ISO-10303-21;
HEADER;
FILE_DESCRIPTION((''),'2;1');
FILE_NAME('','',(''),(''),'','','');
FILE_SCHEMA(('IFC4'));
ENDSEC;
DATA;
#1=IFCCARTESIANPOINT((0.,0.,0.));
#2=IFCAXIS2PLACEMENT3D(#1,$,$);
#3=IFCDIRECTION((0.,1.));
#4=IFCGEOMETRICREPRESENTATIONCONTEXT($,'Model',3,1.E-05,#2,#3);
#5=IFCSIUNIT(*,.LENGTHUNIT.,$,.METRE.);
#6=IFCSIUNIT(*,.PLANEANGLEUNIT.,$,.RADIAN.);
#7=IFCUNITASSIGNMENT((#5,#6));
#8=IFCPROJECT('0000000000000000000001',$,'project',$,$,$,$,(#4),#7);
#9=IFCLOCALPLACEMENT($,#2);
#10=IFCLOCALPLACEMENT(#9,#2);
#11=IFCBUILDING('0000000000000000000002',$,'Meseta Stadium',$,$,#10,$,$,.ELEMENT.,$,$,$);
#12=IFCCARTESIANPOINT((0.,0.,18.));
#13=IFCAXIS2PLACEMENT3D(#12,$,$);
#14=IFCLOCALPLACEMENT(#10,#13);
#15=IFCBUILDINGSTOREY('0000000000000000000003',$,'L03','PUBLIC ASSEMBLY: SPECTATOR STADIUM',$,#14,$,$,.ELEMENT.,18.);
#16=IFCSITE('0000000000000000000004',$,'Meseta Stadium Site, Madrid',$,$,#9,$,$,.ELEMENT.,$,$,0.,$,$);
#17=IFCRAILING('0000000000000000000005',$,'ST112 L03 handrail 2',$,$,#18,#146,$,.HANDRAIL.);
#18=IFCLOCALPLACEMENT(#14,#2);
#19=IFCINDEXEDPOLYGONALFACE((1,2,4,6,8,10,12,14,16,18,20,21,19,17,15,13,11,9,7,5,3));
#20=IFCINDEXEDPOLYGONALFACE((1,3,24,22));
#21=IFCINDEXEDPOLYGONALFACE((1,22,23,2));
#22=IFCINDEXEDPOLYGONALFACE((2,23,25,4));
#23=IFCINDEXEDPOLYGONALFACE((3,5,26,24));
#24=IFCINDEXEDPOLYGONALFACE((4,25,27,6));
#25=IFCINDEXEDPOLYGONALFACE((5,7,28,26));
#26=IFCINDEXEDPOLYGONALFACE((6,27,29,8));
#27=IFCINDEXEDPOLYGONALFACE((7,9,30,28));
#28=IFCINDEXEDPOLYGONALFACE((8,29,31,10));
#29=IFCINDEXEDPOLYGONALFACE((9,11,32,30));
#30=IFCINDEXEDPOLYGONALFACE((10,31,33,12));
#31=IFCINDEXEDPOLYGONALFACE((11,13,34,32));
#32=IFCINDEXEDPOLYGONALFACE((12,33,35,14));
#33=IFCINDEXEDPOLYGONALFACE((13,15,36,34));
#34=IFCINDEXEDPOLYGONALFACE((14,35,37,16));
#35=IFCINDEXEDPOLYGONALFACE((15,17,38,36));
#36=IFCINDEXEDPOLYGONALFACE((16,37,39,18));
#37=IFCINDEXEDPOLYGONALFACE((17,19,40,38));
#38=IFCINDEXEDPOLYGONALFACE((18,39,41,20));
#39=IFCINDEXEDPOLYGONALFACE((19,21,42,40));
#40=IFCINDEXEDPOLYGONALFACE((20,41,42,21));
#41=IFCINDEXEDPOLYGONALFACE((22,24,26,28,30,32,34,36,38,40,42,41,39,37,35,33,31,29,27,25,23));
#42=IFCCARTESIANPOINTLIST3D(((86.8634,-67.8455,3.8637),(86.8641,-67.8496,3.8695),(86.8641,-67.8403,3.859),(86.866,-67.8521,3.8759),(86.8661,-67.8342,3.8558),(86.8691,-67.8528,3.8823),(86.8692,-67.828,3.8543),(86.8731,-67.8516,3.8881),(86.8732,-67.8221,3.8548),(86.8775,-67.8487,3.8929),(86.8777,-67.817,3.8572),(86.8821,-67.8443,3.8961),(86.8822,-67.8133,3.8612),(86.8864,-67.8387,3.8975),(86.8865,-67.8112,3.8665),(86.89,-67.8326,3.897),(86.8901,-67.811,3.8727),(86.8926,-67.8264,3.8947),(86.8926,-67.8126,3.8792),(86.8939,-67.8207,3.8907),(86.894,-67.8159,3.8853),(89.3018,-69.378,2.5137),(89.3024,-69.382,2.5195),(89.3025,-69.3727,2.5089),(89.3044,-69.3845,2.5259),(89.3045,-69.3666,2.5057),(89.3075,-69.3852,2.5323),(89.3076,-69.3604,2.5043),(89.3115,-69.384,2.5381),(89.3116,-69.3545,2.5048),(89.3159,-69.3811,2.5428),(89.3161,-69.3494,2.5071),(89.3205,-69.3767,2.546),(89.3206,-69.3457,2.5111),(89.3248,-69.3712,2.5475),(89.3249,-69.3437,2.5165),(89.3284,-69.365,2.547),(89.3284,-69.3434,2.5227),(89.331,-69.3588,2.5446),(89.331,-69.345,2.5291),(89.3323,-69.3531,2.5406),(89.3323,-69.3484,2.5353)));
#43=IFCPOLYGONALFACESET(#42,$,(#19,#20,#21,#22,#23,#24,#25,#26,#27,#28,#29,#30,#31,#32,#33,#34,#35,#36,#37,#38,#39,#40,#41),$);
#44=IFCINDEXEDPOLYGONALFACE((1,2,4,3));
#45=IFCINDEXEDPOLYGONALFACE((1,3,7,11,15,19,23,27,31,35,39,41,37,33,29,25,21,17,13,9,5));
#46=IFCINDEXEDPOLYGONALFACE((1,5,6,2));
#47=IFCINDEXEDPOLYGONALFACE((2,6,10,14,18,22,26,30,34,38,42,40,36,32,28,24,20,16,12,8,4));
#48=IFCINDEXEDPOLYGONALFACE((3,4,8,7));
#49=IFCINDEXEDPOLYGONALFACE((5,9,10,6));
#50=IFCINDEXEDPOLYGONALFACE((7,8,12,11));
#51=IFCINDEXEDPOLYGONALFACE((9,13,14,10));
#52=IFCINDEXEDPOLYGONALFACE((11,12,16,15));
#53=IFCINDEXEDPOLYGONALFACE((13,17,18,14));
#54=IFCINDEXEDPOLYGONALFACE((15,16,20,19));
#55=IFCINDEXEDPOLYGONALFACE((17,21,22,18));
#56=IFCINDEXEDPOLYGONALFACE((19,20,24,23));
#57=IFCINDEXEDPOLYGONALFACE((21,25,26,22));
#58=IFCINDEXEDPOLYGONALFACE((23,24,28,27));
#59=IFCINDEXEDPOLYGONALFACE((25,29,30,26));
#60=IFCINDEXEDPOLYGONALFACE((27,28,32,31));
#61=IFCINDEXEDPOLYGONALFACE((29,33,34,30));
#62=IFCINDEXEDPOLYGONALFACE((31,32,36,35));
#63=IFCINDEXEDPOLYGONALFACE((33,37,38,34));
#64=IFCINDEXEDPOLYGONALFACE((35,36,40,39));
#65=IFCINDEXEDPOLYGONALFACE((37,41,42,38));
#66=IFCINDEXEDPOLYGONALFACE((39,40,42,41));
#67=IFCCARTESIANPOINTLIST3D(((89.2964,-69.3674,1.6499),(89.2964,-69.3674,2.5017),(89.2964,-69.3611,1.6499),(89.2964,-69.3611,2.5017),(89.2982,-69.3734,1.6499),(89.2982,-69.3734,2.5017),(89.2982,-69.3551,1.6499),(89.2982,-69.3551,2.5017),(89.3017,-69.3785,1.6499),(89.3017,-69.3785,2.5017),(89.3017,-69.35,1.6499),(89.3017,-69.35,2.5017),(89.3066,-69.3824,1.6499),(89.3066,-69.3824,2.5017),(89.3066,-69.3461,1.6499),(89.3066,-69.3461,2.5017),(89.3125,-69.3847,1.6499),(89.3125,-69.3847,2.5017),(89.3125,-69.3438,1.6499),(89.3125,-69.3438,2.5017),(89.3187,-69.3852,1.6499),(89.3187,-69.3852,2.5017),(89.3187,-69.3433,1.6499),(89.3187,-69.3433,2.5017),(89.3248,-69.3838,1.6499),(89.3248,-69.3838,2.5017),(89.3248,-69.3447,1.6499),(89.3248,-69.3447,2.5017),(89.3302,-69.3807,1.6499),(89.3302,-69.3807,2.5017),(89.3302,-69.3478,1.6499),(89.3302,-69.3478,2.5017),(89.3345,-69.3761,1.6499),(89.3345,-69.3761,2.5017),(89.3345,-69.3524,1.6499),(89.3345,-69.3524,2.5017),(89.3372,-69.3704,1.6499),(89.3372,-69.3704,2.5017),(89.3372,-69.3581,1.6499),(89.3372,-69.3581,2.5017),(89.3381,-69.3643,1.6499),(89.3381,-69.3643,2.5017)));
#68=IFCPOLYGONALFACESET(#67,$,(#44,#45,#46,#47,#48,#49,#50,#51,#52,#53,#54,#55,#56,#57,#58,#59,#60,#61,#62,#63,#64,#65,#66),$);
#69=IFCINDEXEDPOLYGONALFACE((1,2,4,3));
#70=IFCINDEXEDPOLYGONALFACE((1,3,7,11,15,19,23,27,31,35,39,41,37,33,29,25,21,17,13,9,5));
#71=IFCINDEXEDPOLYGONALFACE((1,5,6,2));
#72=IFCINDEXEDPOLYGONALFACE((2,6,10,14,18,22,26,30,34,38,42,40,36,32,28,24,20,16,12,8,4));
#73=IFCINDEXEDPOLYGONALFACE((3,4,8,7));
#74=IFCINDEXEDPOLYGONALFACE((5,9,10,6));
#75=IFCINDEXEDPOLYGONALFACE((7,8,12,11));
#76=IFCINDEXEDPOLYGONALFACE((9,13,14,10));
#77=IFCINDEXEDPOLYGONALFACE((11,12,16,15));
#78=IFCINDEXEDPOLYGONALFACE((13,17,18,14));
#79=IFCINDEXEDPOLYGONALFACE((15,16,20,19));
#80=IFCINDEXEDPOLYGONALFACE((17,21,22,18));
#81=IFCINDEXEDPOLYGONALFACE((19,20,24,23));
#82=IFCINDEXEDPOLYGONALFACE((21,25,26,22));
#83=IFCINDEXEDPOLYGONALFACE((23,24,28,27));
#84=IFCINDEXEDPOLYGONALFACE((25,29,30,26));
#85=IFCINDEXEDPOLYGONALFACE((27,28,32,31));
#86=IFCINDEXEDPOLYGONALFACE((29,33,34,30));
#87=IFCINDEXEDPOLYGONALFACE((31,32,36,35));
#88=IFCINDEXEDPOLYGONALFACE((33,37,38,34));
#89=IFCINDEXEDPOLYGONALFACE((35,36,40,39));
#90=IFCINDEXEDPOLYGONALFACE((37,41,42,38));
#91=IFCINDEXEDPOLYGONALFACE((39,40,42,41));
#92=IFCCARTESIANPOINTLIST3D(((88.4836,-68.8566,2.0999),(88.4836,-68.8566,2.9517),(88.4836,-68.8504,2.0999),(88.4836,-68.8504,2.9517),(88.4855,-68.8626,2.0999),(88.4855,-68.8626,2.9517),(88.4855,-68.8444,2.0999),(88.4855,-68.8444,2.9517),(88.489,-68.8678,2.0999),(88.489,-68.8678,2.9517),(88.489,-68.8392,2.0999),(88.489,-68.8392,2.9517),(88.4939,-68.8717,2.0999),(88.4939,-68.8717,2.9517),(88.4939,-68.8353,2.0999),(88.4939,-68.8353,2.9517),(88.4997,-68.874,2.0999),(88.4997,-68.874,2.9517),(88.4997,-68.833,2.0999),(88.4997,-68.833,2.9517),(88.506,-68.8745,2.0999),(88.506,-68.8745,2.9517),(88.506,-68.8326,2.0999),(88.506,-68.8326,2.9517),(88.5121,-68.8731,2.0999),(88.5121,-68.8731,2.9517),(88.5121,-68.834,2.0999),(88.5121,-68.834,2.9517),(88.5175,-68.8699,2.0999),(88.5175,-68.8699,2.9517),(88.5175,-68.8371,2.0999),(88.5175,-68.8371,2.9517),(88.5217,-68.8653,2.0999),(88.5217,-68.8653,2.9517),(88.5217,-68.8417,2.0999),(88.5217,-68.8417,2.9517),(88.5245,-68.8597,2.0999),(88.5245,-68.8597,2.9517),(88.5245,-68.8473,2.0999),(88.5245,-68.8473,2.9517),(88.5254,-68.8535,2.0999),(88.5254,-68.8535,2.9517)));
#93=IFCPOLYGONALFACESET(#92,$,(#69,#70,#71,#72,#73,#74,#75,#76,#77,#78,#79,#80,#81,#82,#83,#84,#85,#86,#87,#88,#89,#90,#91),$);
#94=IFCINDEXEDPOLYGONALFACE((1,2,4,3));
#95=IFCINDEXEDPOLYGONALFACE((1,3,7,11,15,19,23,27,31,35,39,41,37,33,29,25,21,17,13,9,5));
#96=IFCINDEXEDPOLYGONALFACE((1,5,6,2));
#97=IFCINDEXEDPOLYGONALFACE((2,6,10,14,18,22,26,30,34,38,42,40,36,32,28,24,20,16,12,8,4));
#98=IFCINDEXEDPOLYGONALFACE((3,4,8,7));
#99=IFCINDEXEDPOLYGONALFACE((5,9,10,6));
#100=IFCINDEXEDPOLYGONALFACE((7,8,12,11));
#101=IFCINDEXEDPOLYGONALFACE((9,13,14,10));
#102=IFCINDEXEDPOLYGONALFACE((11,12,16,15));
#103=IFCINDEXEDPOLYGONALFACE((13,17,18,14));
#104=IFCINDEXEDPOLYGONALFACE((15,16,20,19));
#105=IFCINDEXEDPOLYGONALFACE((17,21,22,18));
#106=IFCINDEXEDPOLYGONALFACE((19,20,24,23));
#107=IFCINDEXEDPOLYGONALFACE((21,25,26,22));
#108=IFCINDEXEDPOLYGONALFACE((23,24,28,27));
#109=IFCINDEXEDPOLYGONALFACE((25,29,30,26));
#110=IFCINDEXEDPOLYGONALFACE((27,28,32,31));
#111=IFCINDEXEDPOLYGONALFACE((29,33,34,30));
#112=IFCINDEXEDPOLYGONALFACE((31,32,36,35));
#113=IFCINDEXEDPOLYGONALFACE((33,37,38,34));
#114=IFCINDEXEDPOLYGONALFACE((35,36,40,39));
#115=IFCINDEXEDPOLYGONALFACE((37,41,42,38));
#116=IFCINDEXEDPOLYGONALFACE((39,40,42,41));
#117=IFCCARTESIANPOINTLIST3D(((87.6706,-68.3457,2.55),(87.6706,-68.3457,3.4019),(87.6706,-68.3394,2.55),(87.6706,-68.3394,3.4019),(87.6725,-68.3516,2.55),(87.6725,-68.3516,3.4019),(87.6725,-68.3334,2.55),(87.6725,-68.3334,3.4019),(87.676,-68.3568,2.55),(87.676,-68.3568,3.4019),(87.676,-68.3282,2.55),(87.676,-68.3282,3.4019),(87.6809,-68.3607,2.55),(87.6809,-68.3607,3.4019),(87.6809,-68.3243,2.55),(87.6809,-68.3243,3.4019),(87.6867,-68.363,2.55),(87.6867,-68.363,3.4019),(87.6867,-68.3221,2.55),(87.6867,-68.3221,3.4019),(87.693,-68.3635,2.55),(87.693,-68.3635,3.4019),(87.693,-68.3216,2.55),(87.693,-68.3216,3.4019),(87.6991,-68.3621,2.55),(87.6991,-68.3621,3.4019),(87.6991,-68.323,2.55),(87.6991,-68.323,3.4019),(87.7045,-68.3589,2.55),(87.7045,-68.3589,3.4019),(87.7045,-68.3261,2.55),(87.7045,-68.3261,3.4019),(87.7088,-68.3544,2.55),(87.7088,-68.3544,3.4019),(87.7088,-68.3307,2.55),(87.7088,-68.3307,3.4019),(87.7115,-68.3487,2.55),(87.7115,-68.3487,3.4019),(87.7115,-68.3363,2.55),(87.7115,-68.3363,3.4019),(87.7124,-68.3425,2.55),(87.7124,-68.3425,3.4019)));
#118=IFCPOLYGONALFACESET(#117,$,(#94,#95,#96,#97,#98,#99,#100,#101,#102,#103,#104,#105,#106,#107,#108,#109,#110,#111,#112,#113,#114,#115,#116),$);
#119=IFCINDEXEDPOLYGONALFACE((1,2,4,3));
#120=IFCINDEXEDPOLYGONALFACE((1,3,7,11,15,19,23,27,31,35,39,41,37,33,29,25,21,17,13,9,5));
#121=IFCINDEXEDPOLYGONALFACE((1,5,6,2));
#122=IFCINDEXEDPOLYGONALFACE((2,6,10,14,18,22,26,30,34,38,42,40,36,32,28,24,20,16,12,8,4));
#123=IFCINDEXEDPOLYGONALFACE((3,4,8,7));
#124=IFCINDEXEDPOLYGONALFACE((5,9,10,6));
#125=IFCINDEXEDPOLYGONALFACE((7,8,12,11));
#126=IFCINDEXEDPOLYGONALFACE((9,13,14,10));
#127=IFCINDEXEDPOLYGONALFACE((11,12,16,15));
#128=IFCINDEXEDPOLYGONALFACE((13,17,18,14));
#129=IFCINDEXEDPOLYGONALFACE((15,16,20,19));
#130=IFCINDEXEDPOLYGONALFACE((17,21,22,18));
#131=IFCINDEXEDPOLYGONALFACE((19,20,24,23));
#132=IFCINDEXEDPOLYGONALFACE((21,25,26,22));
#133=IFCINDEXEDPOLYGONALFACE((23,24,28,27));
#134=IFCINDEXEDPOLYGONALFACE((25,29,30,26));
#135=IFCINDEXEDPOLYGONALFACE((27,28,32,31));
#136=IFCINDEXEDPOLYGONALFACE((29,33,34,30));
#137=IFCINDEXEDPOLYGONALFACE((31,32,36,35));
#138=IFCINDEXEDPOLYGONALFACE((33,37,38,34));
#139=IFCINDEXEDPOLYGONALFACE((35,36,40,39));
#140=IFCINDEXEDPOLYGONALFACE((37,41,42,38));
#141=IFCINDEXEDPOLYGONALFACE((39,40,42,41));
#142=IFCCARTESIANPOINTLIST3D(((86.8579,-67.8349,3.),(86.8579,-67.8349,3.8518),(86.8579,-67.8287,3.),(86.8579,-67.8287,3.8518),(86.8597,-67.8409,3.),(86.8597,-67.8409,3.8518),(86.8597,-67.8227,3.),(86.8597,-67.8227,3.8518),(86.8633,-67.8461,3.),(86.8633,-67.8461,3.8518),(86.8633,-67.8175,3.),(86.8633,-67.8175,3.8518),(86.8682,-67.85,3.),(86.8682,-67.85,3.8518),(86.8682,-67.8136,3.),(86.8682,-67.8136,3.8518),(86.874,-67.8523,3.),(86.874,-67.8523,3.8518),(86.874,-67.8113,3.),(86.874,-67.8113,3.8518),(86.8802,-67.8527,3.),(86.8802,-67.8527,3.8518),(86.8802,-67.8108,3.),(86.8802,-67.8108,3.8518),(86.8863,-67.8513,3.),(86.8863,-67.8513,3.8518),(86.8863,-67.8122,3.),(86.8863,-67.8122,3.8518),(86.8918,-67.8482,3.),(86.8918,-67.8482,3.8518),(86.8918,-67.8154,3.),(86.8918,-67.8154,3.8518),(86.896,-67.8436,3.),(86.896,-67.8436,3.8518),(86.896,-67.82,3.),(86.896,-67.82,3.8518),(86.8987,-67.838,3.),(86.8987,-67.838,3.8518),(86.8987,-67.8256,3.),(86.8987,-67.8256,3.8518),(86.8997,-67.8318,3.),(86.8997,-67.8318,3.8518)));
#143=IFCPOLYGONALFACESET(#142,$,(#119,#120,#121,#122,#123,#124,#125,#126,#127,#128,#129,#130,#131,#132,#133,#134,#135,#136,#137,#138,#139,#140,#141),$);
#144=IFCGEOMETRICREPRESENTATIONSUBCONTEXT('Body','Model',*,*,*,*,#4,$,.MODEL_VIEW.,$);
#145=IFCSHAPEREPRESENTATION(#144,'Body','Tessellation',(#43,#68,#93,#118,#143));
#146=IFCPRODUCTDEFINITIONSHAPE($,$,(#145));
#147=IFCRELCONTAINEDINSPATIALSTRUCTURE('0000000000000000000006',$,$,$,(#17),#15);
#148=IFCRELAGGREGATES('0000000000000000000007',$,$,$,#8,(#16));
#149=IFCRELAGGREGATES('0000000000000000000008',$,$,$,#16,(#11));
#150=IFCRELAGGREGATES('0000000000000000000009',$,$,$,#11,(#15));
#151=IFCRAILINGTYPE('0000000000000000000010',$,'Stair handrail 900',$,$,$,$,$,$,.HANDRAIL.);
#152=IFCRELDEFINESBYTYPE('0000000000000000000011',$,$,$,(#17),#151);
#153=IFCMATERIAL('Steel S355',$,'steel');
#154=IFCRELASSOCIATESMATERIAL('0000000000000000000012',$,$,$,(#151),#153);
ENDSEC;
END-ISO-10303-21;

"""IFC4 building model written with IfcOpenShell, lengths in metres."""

from ifc_helpers import new_model, si_unit, direction, frame, origin, origin_2d, place, context, subcontext, project, spatial, circle, extrude, material, type_object, element, save


model = new_model("IFC4")

# Units and contexts
model_context = context("Model", 3, precision=1e-05, world=origin(), true_north=direction((0.0, 1.0)))
body_context = subcontext(model_context, "Body", "Model", "MODEL_VIEW")
ifc_project = project(units=[si_unit("LENGTHUNIT", "METRE"), si_unit("PLANEANGLEUNIT", "RADIAN")], contexts=[model_context])

# Site, building, storey
site_placement = place(None, origin())
site = spatial("IfcSite", under=ifc_project, at=site_placement, Name="Meseta Stadium Site, Madrid", CompositionType="ELEMENT", RefElevation=0.0)
building_placement = place(site_placement, origin())
building = spatial("IfcBuilding", under=site, at=building_placement, Name="Meseta Stadium", CompositionType="ELEMENT")
storey_placement = place(building_placement, frame((0.0, 0.0, 18.0)))
storey = spatial("IfcBuildingStorey", under=building, at=storey_placement, Name="L03", Description="PUBLIC ASSEMBLY: SPECTATOR STADIUM", CompositionType="ELEMENT", Elevation=18.0)

# Railing
ifc_material_1 = material(Name="Steel S355", Category="steel")
railing_type_1 = type_object("IfcRailingType", Name="Stair handrail 900", PredefinedType="HANDRAIL", material=ifc_material_1)
for number, where, name in (
    (1, (89.3171, -69.3643, 1.6499), "ST112 L03 handrail 2"),
):
    element("IfcRailing", number, at=place(storey_placement, frame(where)), inside=storey, type_object=railing_type_1, Name=name, PredefinedType="HANDRAIL", context=body_context, shape_type="SweptSolid", body=[
        extrude(circle(Radius=0.0239, at=origin_2d()), frame((0.0, 0.0, 0.876), z_axis=(-0.766627, 0.48179, 0.424454), x_axis=(-0.5321, -0.846681, 0.0)), (0.0, 0.0, 1.0), 3.1807),
        extrude(circle(Radius=0.021, at=origin_2d()), origin(), (0.0, 0.0, 1.0), 0.8518),
        extrude(circle(Radius=0.021, at=origin_2d()), frame((-0.8127, 0.5107, 0.45)), (0.0, 0.0, 1.0), 0.8518),
        extrude(circle(Radius=0.021, at=origin_2d()), frame((-1.6257, 1.0217, 0.9001)), (0.0, 0.0, 1.0), 0.8518),
        extrude(circle(Radius=0.021, at=origin_2d()), frame((-2.4385, 1.5325, 1.3501)), (0.0, 0.0, 1.0), 0.8518),
    ])

save(model, "model.ifc")
